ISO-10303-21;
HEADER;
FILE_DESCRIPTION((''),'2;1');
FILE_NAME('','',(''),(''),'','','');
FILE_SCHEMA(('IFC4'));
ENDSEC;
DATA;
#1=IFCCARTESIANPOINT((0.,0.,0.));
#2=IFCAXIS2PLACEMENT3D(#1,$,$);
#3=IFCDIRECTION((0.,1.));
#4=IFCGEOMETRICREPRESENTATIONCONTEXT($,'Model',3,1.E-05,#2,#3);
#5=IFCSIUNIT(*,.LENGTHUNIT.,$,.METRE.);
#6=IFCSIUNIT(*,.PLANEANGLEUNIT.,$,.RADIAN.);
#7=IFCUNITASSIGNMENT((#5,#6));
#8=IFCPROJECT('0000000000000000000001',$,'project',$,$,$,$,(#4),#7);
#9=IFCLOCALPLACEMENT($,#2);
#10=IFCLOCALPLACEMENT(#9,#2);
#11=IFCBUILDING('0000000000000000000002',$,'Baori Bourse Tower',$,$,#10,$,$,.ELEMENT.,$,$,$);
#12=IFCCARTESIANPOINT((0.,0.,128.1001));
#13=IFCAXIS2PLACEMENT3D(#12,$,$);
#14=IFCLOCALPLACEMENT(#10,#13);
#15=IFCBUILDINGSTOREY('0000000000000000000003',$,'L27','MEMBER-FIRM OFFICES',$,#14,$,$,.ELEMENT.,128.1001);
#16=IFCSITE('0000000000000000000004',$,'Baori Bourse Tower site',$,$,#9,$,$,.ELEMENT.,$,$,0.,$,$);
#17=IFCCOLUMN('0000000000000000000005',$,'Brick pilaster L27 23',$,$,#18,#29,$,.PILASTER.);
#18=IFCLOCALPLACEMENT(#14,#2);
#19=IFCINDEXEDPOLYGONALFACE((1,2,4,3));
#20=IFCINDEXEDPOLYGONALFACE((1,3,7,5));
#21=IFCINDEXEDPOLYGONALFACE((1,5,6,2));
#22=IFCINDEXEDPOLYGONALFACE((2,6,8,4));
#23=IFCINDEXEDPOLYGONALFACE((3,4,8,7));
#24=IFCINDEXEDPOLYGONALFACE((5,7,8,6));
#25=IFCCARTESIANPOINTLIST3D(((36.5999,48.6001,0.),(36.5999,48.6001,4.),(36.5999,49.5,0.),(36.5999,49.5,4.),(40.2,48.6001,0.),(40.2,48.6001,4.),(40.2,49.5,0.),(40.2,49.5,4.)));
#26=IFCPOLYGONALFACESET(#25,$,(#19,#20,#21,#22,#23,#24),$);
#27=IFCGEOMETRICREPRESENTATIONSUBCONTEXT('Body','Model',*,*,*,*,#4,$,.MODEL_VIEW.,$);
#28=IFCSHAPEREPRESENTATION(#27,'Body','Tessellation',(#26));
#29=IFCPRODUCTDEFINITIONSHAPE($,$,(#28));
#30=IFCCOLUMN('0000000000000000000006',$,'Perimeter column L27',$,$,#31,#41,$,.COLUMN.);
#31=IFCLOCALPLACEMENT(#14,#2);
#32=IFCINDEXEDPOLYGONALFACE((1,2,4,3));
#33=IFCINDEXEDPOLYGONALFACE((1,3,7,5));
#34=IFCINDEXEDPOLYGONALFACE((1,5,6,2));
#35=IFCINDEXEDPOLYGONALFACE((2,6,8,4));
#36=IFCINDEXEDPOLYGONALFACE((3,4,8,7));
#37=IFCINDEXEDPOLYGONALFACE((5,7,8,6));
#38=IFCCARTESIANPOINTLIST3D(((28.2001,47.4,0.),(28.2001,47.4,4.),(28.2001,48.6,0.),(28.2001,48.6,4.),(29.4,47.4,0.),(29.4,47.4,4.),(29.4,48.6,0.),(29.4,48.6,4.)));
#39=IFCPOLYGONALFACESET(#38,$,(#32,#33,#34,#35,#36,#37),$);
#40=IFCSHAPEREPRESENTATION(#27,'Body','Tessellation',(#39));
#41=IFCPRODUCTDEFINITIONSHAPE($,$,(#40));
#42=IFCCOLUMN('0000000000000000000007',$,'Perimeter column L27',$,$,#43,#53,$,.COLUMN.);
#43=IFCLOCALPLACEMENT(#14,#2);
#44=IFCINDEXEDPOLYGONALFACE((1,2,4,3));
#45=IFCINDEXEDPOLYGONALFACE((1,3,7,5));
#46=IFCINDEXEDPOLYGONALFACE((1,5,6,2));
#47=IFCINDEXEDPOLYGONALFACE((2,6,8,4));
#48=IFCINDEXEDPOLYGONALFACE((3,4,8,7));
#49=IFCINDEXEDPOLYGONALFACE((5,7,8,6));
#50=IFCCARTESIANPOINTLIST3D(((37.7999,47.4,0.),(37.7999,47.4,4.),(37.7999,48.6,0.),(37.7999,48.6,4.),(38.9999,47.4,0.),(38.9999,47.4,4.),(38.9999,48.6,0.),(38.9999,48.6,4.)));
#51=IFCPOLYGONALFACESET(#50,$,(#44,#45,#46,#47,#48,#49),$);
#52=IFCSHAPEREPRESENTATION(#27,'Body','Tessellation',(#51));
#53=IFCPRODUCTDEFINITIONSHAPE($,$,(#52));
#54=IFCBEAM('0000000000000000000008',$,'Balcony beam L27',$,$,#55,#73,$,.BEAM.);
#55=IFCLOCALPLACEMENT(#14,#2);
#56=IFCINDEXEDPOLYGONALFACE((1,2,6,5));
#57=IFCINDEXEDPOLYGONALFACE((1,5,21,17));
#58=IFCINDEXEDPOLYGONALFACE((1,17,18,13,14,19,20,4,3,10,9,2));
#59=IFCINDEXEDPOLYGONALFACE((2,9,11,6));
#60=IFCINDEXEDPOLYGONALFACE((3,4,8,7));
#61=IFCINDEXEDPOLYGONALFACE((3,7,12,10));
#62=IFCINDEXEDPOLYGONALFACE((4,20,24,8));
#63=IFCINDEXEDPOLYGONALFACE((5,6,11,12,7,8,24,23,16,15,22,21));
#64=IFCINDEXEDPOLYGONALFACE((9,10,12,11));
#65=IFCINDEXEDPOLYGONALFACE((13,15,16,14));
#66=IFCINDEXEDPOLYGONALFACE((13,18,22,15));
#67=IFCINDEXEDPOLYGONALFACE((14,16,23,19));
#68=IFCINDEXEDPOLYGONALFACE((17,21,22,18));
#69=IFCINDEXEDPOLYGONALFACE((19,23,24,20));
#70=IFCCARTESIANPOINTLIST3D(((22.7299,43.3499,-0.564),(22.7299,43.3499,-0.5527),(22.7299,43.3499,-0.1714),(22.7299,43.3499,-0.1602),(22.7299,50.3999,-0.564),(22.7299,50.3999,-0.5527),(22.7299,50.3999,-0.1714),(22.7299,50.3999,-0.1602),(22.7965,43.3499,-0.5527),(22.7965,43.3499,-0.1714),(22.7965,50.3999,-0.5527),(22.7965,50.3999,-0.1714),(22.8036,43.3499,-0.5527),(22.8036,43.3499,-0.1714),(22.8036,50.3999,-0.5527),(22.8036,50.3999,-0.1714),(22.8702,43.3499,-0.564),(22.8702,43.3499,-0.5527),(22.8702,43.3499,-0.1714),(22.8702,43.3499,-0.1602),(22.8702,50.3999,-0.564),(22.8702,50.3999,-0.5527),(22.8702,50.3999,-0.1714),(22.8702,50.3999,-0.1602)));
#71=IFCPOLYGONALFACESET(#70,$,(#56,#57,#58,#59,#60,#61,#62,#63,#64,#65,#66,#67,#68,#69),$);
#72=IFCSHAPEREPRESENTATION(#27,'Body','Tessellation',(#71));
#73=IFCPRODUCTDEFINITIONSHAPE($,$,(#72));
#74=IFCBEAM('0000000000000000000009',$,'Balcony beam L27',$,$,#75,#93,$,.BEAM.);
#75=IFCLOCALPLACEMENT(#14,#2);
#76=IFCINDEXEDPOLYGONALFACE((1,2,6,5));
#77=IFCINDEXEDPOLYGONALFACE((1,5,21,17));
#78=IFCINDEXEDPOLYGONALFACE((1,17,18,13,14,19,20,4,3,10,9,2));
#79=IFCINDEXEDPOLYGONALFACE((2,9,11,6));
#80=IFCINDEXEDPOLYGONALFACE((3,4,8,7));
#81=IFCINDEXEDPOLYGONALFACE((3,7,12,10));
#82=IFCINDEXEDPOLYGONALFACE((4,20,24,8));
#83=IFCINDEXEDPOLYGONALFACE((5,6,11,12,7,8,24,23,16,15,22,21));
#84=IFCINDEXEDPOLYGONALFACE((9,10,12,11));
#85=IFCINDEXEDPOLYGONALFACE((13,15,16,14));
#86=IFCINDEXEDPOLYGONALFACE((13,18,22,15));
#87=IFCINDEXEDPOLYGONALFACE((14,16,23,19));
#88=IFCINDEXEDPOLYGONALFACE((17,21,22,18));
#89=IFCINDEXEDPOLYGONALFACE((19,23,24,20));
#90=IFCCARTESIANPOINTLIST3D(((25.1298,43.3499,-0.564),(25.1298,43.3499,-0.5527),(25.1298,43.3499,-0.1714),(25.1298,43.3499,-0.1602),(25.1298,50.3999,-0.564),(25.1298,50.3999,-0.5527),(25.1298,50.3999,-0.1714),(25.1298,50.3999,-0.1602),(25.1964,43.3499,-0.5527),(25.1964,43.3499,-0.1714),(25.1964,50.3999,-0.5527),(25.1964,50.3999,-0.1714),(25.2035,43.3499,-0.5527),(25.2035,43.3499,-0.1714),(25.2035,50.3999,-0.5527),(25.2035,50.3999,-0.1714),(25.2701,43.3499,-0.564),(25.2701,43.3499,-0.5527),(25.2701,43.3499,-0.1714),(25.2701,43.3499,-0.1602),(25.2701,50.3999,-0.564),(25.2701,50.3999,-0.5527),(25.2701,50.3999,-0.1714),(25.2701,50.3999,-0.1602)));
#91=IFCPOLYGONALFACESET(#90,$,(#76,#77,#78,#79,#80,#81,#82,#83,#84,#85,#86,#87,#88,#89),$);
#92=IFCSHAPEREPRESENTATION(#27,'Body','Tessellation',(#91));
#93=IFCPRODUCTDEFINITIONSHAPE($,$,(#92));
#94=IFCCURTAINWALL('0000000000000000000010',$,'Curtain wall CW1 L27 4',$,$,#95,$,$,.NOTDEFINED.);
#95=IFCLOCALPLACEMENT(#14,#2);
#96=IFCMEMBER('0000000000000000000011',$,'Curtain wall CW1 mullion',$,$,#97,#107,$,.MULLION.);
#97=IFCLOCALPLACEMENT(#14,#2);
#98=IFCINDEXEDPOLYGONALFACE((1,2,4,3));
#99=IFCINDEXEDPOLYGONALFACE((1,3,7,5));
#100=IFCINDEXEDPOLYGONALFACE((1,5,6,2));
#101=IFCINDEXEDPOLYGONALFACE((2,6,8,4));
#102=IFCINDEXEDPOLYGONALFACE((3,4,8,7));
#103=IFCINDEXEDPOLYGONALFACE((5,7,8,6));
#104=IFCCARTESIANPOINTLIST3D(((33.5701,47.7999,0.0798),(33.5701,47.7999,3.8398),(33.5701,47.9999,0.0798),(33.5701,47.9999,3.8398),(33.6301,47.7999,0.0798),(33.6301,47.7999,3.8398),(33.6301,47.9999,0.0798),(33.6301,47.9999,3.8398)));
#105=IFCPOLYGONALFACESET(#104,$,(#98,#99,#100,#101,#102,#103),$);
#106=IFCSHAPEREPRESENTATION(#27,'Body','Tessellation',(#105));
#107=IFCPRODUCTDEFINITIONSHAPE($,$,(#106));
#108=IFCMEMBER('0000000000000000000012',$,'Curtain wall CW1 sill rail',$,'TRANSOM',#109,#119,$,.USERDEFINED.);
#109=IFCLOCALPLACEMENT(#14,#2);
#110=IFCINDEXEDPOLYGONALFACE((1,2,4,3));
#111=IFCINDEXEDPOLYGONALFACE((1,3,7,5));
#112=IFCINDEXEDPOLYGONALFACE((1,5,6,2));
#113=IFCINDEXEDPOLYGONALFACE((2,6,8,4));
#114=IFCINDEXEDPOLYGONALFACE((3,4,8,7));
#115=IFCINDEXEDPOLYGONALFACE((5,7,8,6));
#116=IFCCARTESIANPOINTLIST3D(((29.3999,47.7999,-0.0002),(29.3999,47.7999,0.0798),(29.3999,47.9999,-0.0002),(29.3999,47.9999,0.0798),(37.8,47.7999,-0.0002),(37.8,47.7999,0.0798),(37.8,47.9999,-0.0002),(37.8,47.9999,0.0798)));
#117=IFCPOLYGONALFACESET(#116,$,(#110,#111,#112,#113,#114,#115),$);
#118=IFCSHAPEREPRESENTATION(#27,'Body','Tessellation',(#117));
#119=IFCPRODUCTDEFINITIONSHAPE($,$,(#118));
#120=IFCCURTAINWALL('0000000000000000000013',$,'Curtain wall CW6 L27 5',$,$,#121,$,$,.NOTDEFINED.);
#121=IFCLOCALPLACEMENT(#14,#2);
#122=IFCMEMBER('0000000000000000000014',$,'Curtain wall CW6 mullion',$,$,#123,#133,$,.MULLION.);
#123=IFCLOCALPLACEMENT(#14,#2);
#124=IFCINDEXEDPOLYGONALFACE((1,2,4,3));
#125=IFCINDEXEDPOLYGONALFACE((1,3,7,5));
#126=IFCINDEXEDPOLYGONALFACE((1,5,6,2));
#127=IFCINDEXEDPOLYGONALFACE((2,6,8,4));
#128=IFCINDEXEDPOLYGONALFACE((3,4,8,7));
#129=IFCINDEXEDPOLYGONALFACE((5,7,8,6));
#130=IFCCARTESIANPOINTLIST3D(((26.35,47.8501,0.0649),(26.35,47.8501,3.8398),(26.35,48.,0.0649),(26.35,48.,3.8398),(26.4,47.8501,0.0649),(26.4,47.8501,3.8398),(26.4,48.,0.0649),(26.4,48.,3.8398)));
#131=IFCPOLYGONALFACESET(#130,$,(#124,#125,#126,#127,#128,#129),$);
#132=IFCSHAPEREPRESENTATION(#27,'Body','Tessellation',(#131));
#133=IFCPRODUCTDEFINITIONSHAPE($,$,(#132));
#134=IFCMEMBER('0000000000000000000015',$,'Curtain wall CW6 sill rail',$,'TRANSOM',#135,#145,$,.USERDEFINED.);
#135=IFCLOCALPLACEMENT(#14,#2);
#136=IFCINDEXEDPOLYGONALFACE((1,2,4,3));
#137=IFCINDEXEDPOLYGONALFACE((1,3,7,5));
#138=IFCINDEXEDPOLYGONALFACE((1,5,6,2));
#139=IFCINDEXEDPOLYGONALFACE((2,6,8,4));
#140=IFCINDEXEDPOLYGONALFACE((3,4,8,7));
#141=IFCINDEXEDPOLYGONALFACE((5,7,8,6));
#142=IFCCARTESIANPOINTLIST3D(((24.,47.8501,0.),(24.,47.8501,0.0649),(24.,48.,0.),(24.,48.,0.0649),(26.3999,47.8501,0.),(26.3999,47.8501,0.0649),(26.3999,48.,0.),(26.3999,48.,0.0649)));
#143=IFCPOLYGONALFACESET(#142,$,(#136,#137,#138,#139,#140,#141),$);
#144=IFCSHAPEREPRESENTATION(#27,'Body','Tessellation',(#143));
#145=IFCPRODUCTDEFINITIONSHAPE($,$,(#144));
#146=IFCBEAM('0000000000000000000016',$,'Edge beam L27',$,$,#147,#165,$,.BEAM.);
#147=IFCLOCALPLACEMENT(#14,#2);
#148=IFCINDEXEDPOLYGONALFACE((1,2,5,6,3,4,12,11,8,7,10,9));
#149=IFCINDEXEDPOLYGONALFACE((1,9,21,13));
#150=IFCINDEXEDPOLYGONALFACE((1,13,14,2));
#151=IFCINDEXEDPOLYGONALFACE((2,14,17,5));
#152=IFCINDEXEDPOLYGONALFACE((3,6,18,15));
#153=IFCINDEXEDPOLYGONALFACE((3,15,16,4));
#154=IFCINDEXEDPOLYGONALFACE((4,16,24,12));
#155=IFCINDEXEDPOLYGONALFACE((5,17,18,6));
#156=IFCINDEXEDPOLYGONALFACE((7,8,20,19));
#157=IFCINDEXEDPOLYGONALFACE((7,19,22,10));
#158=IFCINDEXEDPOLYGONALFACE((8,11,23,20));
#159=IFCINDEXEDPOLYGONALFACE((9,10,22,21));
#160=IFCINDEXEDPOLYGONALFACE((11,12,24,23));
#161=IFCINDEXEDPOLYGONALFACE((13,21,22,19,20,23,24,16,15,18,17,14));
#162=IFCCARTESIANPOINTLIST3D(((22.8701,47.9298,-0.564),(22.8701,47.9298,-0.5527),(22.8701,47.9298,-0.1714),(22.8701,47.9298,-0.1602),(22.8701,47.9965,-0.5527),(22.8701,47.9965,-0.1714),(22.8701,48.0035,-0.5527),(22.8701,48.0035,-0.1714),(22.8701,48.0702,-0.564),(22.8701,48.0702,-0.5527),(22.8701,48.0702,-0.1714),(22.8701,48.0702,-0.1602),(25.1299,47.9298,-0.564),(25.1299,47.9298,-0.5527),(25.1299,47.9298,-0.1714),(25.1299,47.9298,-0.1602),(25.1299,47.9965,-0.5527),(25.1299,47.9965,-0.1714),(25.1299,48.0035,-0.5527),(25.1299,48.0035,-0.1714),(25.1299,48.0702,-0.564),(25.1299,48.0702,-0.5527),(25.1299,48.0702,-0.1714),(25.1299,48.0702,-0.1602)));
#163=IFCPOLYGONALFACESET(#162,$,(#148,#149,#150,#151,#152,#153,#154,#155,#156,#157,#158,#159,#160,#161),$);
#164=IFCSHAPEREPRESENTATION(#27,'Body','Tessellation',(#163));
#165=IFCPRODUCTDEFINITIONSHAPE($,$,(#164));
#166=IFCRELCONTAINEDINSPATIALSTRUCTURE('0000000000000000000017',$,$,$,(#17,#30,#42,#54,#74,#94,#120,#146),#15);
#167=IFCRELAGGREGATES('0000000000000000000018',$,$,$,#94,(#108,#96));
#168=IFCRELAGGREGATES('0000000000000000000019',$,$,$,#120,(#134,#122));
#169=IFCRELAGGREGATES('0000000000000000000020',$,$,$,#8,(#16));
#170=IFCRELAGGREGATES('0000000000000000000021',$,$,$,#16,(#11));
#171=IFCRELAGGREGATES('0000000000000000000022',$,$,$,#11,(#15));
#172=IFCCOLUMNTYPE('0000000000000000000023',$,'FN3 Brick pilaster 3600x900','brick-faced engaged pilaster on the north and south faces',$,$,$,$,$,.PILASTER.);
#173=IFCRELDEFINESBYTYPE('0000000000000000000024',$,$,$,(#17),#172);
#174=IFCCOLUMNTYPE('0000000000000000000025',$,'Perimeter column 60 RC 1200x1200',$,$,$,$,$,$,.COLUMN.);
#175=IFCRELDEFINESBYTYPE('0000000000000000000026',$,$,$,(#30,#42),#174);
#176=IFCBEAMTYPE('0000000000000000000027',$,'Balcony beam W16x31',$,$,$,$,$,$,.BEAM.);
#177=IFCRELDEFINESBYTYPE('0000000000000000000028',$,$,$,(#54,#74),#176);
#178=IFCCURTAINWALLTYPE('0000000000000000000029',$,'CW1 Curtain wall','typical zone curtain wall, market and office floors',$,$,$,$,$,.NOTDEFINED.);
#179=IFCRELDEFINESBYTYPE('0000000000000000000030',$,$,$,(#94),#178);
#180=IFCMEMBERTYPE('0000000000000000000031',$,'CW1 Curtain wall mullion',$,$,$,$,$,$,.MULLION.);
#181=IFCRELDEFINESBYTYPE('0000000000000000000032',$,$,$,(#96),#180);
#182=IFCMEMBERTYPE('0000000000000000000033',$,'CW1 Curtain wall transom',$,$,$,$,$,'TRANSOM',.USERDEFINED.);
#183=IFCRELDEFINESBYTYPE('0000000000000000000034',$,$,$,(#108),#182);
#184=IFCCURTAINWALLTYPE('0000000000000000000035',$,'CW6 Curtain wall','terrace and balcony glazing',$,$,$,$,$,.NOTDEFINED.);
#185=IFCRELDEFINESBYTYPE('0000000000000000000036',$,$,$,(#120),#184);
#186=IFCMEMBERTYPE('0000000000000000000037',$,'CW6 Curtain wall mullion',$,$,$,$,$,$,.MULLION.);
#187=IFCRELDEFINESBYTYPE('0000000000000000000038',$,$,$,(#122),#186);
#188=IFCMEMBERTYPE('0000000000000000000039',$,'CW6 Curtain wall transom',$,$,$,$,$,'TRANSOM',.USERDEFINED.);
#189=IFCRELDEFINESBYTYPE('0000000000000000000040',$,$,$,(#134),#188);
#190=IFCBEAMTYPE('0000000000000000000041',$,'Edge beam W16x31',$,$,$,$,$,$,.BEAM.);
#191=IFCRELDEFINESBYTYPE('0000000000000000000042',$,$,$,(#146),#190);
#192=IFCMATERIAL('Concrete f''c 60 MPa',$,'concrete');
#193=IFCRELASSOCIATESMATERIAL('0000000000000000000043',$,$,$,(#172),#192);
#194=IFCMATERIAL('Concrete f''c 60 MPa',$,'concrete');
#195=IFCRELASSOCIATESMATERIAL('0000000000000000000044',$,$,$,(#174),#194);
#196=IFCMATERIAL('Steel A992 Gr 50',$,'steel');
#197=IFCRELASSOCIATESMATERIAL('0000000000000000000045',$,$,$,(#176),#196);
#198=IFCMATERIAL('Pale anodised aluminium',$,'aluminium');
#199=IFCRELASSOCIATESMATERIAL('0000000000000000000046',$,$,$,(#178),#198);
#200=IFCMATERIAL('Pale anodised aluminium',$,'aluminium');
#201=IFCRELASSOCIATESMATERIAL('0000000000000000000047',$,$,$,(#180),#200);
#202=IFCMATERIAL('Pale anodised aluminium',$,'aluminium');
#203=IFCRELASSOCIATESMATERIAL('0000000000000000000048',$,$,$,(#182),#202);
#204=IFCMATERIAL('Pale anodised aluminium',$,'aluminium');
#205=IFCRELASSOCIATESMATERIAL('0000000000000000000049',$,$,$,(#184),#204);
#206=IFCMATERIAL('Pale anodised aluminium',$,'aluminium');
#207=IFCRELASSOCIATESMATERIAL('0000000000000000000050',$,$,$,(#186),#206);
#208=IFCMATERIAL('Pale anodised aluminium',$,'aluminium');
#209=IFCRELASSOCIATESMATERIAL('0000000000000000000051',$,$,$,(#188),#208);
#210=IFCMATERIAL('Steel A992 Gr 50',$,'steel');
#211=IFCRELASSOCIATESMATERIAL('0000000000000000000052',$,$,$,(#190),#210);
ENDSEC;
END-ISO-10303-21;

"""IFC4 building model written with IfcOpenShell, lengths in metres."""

from ifc_helpers import new_model, si_unit, direction, frame, origin, origin_2d, place, context, subcontext, project, spatial, rectangle, i_section, extrude, material, material_profile, profile_set, type_object, element, aggregate, save


model = new_model("IFC4")

# Units and contexts
model_context = context("Model", 3, precision=1e-05, world=origin(), true_north=direction((0.0, 1.0)))
body_context = subcontext(model_context, "Body", "Model", "MODEL_VIEW")
ifc_project = project(units=[si_unit("LENGTHUNIT", "METRE"), si_unit("PLANEANGLEUNIT", "RADIAN")], contexts=[model_context])

# Site, building, storey
site_placement = place(None, origin())
site = spatial("IfcSite", under=ifc_project, at=site_placement, Name="Baori Bourse Tower site", CompositionType="ELEMENT", RefElevation=0.0)
building_placement = place(site_placement, origin())
building = spatial("IfcBuilding", under=site, at=building_placement, Name="Baori Bourse Tower", CompositionType="ELEMENT")
storey_placement = place(building_placement, frame((0.0, 0.0, 128.1001)))
storey = spatial("IfcBuildingStorey", under=building, at=storey_placement, Name="L27", Description="MEMBER-FIRM OFFICES", CompositionType="ELEMENT", Elevation=128.1001)

# Columns
ifc_material_1 = material(Name="Concrete f'c 60 MPa", Category="concrete")
ifc_material_profile_1 = material_profile(ifc_material_1, rectangle(XDim=3.6001, YDim=0.8999, at=origin_2d()), Name="RC 3600x900")
ifc_profile_set_1 = profile_set([ifc_material_profile_1], Name="Concrete f'c 60 MPa")
column_type_1 = type_object("IfcColumnType", Name="FN3 Brick pilaster 3600x900", Description="brick-faced engaged pilaster on the north and south faces", PredefinedType="PILASTER", material=ifc_profile_set_1)
column_placement = place(storey_placement, frame((38.3999, 49.05, 0.0), z_axis=(0.0, 0.0, 1.0), x_axis=(1.0, 0.0, 0.0)))
element("IfcColumn", 1, at=column_placement, inside=storey, type_object=column_type_1, Name="Brick pilaster L27 23", PredefinedType="PILASTER", context=body_context, shape_type="SweptSolid", body=[
    extrude(rectangle(XDim=3.6001, YDim=0.8999, at=origin_2d()), origin(), (0.0, 0.0, 1.0), 4.0),
])
ifc_material_2 = material(Name="Concrete f'c 60 MPa", Category="concrete")
ifc_material_profile_2 = material_profile(ifc_material_2, rectangle(XDim=1.2, YDim=1.2, at=origin_2d()), Name="RC 1200x1200")
ifc_profile_set_2 = profile_set([ifc_material_profile_2], Name="Concrete f'c 60 MPa")
column_type_2 = type_object("IfcColumnType", Name="Perimeter column 60 RC 1200x1200", PredefinedType="COLUMN", material=ifc_profile_set_2)
for number, where, z_axis, x_axis, name in (
    (2, (28.8, 48.0, 0.0), (0.0, 0.0, 1.0), (1.0, 0.0, 0.0), "Perimeter column L27"),
    (3, (38.3999, 48.0, 0.0), (0.0, 0.0, 1.0), (1.0, 0.0, 0.0), "Perimeter column L27"),
):
    element("IfcColumn", number, at=place(storey_placement, frame(where, z_axis=z_axis, x_axis=x_axis)), inside=storey, type_object=column_type_2, Name=name, PredefinedType="COLUMN", context=body_context, shape_type="SweptSolid", body=[
        extrude(rectangle(XDim=1.2, YDim=1.2, at=origin_2d()), origin(), (0.0, 0.0, 1.0), 4.0),
    ])

# Beams
ifc_material_3 = material(Name="Steel A992 Gr 50", Category="steel")
ifc_material_profile_3 = material_profile(ifc_material_3, i_section(OverallWidth=0.1404, OverallDepth=0.4038, WebThickness=0.0071, FlangeThickness=0.0112, at=origin_2d()), Name="W16x31")
ifc_profile_set_3 = profile_set([ifc_material_profile_3], Name="Steel A992 Gr 50")
beam_type_1 = type_object("IfcBeamType", Name="Balcony beam W16x31", PredefinedType="BEAM", material=ifc_profile_set_3)
for number, where, z_axis, x_axis, name in (
    (4, (22.8, 50.3999, -0.3621), (0.0, -1.0, 0.0), (1.0, 0.0, 0.0), "Balcony beam L27"),
    (5, (25.2, 50.3999, -0.3621), (0.0, -1.0, 0.0), (1.0, 0.0, 0.0), "Balcony beam L27"),
):
    element("IfcBeam", number, at=place(storey_placement, frame(where, z_axis=z_axis, x_axis=x_axis)), inside=storey, type_object=beam_type_1, Name=name, PredefinedType="BEAM", context=body_context, shape_type="SweptSolid", body=[
        extrude(i_section(OverallWidth=0.1404, OverallDepth=0.4038, WebThickness=0.0071, FlangeThickness=0.0112, at=origin_2d()), origin(), (0.0, 0.0, 1.0), 7.05),
    ])

# Curtain walls, members
ifc_material_4 = material(Name="Pale anodised aluminium", Category="aluminium")
curtain_wall_type_1 = type_object("IfcCurtainWallType", Name="CW1 Curtain wall", Description="typical zone curtain wall, market and office floors", PredefinedType="NOTDEFINED", material=ifc_material_4)
curtain_wall_1_placement = place(storey_placement, origin())
curtain_wall_1 = element("IfcCurtainWall", 6, at=curtain_wall_1_placement, inside=storey, type_object=curtain_wall_type_1, Name="Curtain wall CW1 L27 4", PredefinedType="NOTDEFINED")
ifc_material_5 = material(Name="Pale anodised aluminium", Category="aluminium")
ifc_material_profile_4 = material_profile(ifc_material_5, rectangle(XDim=0.2, YDim=0.0601, at=origin_2d()), Name="Mullion 60x200")
ifc_profile_set_4 = profile_set([ifc_material_profile_4], Name="Pale anodised aluminium")
member_type_1 = type_object("IfcMemberType", Name="CW1 Curtain wall mullion", PredefinedType="MULLION", material=ifc_profile_set_4)
member_1_placement = place(storey_placement, frame((33.6001, 47.8999, 0.0798), z_axis=(0.0, 0.0, 1.0), x_axis=(0.0, -1.0, 0.0)))
member_1 = element("IfcMember", 7, at=member_1_placement, type_object=member_type_1, Name="Curtain wall CW1 mullion", PredefinedType="MULLION", context=body_context, shape_type="SweptSolid", body=[
    extrude(rectangle(XDim=0.2, YDim=0.0601, at=origin_2d()), origin(), (0.0, 0.0, 1.0), 3.76),
])
ifc_material_6 = material(Name="Pale anodised aluminium", Category="aluminium")
ifc_material_profile_5 = material_profile(ifc_material_6, rectangle(XDim=0.2, YDim=0.0801, at=origin_2d()), Name="Transom 80x200")
ifc_profile_set_5 = profile_set([ifc_material_profile_5], Name="Pale anodised aluminium")
member_type_2 = type_object("IfcMemberType", Name="CW1 Curtain wall transom", ElementType="TRANSOM", PredefinedType="USERDEFINED", material=ifc_profile_set_5)
member_2_placement = place(storey_placement, frame((37.8, 47.8999, 0.0398), z_axis=(-1.0, 0.0, 0.0), x_axis=(0.0, -1.0, 0.0)))
member_2 = element("IfcMember", 8, at=member_2_placement, type_object=member_type_2, Name="Curtain wall CW1 sill rail", ObjectType="TRANSOM", PredefinedType="USERDEFINED", context=body_context, shape_type="SweptSolid", body=[
    extrude(rectangle(XDim=0.2, YDim=0.0801, at=origin_2d()), origin(), (0.0, 0.0, 1.0), 8.4001),
])
ifc_material_7 = material(Name="Pale anodised aluminium", Category="aluminium")
curtain_wall_type_2 = type_object("IfcCurtainWallType", Name="CW6 Curtain wall", Description="terrace and balcony glazing", PredefinedType="NOTDEFINED", material=ifc_material_7)
curtain_wall_2_placement = place(storey_placement, origin())
curtain_wall_2 = element("IfcCurtainWall", 9, at=curtain_wall_2_placement, inside=storey, type_object=curtain_wall_type_2, Name="Curtain wall CW6 L27 5", PredefinedType="NOTDEFINED")
ifc_material_8 = material(Name="Pale anodised aluminium", Category="aluminium")
ifc_material_profile_6 = material_profile(ifc_material_8, rectangle(XDim=0.1499, YDim=0.05, at=origin_2d()), Name="Mullion 50x150")
ifc_profile_set_6 = profile_set([ifc_material_profile_6], Name="Pale anodised aluminium")
member_type_3 = type_object("IfcMemberType", Name="CW6 Curtain wall mullion", PredefinedType="MULLION", material=ifc_profile_set_6)
member_3_placement = place(storey_placement, frame((26.375, 47.925, 0.0649), z_axis=(0.0, 0.0, 1.0), x_axis=(0.0, -1.0, 0.0)))
member_3 = element("IfcMember", 10, at=member_3_placement, type_object=member_type_3, Name="Curtain wall CW6 mullion", PredefinedType="MULLION", context=body_context, shape_type="SweptSolid", body=[
    extrude(rectangle(XDim=0.1499, YDim=0.05, at=origin_2d()), origin(), (0.0, 0.0, 1.0), 3.7749),
])
ifc_material_9 = material(Name="Pale anodised aluminium", Category="aluminium")
ifc_material_profile_7 = material_profile(ifc_material_9, rectangle(XDim=0.1499, YDim=0.0649, at=origin_2d()), Name="Transom 65x150")
ifc_profile_set_7 = profile_set([ifc_material_profile_7], Name="Pale anodised aluminium")
member_type_4 = type_object("IfcMemberType", Name="CW6 Curtain wall transom", ElementType="TRANSOM", PredefinedType="USERDEFINED", material=ifc_profile_set_7)
member_4_placement = place(storey_placement, frame((26.3999, 47.925, 0.0325), z_axis=(-1.0, 0.0, 0.0), x_axis=(0.0, -1.0, 0.0)))
member_4 = element("IfcMember", 11, at=member_4_placement, type_object=member_type_4, Name="Curtain wall CW6 sill rail", ObjectType="TRANSOM", PredefinedType="USERDEFINED", context=body_context, shape_type="SweptSolid", body=[
    extrude(rectangle(XDim=0.1499, YDim=0.0649, at=origin_2d()), origin(), (0.0, 0.0, 1.0), 2.3999),
])

# Beam
ifc_material_10 = material(Name="Steel A992 Gr 50", Category="steel")
ifc_material_profile_8 = material_profile(ifc_material_10, i_section(OverallWidth=0.1404, OverallDepth=0.4038, WebThickness=0.0071, FlangeThickness=0.0112, at=origin_2d()), Name="W16x31")
ifc_profile_set_8 = profile_set([ifc_material_profile_8], Name="Steel A992 Gr 50")
beam_type_2 = type_object("IfcBeamType", Name="Edge beam W16x31", PredefinedType="BEAM", material=ifc_profile_set_8)
beam_1_placement = place(storey_placement, frame((22.8701, 48.0, -0.3621), z_axis=(1.0, 0.0, 0.0), x_axis=(0.0, 1.0, 0.0)))
element("IfcBeam", 12, at=beam_1_placement, inside=storey, type_object=beam_type_2, Name="Edge beam L27", PredefinedType="BEAM", context=body_context, shape_type="SweptSolid", body=[
    extrude(i_section(OverallWidth=0.1404, OverallDepth=0.4038, WebThickness=0.0071, FlangeThickness=0.0112, at=origin_2d()), origin(), (0.0, 0.0, 1.0), 2.2598),
])

aggregate(curtain_wall_1, [member_2, member_1])
aggregate(curtain_wall_2, [member_4, member_3])

save(model, "model.ifc")
